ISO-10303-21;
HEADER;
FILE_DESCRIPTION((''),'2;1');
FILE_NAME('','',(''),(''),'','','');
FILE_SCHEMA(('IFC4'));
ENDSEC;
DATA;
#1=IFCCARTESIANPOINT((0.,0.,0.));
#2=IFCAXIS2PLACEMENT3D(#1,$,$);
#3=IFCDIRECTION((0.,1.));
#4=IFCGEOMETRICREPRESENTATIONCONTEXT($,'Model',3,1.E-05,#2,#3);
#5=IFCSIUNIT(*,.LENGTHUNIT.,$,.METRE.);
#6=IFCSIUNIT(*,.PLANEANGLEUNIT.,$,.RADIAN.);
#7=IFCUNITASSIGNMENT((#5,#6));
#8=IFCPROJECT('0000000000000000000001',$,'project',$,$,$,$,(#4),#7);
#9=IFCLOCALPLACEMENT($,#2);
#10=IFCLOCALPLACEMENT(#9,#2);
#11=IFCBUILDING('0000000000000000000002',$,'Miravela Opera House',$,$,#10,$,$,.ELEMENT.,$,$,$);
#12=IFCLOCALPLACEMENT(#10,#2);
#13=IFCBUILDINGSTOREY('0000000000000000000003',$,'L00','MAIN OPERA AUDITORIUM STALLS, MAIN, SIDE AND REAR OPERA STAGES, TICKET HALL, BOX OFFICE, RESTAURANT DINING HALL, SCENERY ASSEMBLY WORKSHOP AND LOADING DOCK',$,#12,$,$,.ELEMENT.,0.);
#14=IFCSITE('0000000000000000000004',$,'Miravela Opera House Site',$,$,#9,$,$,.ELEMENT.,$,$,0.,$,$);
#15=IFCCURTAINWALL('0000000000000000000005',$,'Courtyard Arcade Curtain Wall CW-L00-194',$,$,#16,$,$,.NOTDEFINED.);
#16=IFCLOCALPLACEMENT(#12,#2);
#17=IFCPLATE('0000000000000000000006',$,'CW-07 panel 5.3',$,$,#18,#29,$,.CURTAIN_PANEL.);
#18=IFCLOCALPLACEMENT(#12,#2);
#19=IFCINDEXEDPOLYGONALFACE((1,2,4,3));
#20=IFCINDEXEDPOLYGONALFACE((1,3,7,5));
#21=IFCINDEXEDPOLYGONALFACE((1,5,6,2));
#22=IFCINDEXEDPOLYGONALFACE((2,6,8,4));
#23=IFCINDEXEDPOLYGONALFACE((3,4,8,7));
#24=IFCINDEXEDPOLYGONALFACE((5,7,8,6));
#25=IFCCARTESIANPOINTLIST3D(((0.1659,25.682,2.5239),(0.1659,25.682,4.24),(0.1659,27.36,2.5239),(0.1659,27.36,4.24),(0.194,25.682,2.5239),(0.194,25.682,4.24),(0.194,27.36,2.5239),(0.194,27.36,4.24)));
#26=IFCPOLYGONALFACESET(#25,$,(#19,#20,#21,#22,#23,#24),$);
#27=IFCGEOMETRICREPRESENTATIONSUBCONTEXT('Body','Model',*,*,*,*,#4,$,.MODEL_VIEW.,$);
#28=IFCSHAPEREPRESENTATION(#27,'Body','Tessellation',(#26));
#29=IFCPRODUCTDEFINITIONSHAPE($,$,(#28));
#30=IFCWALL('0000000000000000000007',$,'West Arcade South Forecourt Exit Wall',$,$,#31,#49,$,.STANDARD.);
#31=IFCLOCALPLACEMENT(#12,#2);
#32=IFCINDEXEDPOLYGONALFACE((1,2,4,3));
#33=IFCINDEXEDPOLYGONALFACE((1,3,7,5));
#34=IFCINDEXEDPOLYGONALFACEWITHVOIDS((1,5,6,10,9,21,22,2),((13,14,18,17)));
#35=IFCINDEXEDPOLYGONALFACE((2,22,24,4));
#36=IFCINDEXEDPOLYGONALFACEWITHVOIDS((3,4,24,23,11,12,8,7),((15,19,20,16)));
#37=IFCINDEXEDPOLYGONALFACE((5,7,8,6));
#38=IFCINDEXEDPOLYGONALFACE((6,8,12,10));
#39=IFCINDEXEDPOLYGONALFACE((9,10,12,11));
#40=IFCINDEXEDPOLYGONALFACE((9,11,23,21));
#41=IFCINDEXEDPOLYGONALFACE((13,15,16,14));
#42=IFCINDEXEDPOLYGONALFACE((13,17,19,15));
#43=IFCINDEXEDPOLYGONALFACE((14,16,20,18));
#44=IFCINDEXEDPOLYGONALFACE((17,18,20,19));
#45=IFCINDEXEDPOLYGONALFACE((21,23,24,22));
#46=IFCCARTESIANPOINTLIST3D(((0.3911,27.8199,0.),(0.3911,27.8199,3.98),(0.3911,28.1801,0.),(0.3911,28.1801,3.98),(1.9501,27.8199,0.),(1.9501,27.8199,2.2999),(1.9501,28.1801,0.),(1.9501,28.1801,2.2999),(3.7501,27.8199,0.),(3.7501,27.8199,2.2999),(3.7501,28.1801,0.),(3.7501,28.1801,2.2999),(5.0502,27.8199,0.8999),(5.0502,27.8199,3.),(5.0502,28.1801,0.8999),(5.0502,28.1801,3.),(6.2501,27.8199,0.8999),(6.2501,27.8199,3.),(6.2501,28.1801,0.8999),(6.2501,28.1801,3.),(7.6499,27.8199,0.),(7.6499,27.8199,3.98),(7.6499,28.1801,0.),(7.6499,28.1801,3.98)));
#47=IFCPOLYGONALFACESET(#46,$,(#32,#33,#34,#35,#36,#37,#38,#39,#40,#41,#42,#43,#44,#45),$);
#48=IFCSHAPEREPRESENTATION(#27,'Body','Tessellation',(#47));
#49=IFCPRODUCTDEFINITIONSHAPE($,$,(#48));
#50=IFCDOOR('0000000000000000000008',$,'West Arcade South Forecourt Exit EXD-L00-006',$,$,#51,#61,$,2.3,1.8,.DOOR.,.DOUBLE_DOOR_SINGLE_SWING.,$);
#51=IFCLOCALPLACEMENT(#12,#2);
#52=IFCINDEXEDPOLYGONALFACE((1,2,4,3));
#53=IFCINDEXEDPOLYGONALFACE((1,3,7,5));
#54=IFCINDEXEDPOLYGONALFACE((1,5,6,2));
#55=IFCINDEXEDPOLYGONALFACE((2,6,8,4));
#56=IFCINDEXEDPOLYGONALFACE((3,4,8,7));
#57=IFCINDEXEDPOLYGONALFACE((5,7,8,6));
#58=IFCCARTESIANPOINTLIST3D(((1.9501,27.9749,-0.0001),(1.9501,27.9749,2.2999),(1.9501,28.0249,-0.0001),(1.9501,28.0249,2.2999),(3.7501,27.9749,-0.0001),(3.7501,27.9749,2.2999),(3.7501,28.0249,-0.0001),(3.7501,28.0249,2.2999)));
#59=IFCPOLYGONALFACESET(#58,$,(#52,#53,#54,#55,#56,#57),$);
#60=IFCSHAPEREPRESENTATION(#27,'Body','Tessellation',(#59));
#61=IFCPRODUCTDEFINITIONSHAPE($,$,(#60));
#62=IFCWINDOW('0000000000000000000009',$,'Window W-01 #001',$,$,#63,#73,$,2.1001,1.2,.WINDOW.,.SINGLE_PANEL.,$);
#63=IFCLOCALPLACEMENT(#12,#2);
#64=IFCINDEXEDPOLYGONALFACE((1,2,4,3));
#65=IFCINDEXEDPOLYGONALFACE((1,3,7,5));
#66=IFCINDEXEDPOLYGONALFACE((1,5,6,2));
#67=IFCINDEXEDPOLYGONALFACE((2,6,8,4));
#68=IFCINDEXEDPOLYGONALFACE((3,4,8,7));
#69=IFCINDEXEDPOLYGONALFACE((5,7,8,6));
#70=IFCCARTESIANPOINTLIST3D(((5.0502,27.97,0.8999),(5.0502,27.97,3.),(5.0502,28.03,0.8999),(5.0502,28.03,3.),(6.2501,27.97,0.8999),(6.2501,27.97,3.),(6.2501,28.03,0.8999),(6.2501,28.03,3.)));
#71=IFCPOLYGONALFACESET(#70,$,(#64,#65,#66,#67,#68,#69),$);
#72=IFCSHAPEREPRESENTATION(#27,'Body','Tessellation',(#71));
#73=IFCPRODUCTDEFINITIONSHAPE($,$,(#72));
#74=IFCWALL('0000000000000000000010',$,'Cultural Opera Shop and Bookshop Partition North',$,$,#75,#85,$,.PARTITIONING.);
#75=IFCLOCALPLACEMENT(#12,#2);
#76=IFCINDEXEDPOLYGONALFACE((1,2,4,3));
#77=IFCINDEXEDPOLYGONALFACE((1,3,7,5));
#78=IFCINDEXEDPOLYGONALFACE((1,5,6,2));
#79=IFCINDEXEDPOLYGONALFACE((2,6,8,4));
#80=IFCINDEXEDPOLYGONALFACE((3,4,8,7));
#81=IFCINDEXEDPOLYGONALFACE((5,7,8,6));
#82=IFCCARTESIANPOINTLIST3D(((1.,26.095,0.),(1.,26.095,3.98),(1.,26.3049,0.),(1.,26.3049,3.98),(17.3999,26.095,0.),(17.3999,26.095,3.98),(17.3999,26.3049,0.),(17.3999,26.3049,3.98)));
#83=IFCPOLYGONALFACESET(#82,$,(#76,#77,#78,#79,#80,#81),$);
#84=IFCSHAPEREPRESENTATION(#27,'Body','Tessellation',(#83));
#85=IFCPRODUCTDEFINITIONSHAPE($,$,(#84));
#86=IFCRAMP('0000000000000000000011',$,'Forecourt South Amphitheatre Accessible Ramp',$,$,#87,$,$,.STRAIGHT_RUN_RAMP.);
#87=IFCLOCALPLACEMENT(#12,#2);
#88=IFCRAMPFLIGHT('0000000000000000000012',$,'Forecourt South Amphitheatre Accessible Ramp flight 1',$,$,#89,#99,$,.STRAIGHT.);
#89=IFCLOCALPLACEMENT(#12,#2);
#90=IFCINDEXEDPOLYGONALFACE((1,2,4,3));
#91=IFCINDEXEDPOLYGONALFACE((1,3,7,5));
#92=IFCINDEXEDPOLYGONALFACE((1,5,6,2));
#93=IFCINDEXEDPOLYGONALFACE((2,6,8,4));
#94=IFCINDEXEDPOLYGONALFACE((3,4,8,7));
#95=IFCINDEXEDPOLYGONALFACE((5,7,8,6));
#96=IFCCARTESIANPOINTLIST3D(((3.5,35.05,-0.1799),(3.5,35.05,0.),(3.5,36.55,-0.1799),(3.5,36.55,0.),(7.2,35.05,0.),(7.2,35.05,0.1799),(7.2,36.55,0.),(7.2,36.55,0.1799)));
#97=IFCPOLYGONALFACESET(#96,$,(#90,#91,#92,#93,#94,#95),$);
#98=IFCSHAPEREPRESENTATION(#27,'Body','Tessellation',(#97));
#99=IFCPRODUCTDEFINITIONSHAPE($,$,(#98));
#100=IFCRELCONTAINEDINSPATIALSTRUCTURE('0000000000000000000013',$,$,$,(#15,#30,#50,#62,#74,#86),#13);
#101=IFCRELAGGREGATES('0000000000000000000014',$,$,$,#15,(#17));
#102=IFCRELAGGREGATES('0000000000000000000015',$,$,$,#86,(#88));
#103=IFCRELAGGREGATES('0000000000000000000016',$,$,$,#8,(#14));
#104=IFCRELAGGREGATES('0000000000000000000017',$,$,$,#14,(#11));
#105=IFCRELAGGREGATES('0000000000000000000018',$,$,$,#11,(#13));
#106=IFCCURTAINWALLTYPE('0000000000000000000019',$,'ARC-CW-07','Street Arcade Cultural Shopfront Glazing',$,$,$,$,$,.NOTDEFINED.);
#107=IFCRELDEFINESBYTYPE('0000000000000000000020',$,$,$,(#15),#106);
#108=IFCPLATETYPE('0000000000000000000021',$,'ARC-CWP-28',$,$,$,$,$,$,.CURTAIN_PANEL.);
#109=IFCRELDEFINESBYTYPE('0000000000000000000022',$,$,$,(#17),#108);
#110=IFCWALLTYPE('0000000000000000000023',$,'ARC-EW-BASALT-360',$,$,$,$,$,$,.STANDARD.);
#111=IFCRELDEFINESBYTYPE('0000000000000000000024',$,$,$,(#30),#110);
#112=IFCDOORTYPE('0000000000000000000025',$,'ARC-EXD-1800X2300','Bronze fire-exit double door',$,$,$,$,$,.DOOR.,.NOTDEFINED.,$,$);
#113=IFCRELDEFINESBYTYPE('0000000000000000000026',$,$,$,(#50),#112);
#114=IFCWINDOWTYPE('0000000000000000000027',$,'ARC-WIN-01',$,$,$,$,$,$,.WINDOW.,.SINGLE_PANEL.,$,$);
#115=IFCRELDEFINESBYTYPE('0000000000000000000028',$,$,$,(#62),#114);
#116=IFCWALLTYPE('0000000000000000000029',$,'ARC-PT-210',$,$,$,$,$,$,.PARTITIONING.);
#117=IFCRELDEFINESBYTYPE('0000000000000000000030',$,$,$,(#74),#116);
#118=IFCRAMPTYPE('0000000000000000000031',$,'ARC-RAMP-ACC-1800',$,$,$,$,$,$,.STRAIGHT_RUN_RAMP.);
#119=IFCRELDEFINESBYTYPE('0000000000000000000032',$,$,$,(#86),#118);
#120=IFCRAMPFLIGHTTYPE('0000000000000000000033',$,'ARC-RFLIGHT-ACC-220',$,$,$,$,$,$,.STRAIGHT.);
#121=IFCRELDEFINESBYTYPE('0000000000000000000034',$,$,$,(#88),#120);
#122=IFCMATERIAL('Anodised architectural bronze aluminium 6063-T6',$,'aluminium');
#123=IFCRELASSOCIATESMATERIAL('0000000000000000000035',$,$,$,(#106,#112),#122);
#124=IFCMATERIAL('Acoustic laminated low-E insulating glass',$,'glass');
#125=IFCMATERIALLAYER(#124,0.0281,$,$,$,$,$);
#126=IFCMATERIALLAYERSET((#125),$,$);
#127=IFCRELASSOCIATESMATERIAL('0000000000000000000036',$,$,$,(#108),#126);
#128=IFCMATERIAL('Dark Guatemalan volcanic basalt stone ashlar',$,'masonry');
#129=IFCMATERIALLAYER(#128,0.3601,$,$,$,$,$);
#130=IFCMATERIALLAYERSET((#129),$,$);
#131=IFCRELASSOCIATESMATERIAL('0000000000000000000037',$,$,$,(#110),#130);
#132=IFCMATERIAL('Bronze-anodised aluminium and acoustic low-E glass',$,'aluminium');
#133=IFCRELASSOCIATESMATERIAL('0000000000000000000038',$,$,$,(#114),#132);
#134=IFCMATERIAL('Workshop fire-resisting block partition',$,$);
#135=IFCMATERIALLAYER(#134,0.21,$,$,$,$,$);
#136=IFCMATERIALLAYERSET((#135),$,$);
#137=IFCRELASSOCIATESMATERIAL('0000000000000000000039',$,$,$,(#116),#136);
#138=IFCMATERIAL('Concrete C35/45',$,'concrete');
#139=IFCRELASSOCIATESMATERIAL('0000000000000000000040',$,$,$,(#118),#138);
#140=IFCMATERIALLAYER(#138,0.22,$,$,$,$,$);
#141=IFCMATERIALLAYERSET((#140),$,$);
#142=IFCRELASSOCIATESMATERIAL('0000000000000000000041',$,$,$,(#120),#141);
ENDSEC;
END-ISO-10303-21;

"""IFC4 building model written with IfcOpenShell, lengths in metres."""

from ifc_helpers import new_model, si_unit, direction, frame, frame_2d, origin, origin_2d, place, context, subcontext, project, spatial, polyline, rectangle, outline, extrude, material, layer, layer_set, type_object, element, fill, aggregate, save


model = new_model("IFC4")

# Units and contexts
model_context = context("Model", 3, precision=1e-05, world=origin(), true_north=direction((0.0, 1.0)))
body_context = subcontext(model_context, "Body", "Model", "MODEL_VIEW")
ifc_project = project(units=[si_unit("LENGTHUNIT", "METRE"), si_unit("PLANEANGLEUNIT", "RADIAN")], contexts=[model_context])

# Site, building, storey
site_placement = place(None, origin())
site = spatial("IfcSite", under=ifc_project, at=site_placement, Name="Miravela Opera House Site", CompositionType="ELEMENT", RefElevation=0.0)
building_placement = place(site_placement, origin())
building = spatial("IfcBuilding", under=site, at=building_placement, Name="Miravela Opera House", CompositionType="ELEMENT")
storey_placement = place(building_placement, origin())
storey = spatial("IfcBuildingStorey", under=building, at=storey_placement, Name="L00", Description="MAIN OPERA AUDITORIUM STALLS, MAIN, SIDE AND REAR OPERA STAGES, TICKET HALL, BOX OFFICE, RESTAURANT DINING HALL, SCENERY ASSEMBLY WORKSHOP AND LOADING DOCK", CompositionType="ELEMENT", Elevation=0.0)

# Shared definitions
ifc_material_1 = material(Name="Concrete C35/45", Category="concrete")

# Curtain wall
ifc_material_2 = material(Name="Anodised architectural bronze aluminium 6063-T6", Category="aluminium")
curtain_wall_type = type_object("IfcCurtainWallType", Name="ARC-CW-07", Description="Street Arcade Cultural Shopfront Glazing", PredefinedType="NOTDEFINED", material=ifc_material_2)
curtain_wall_placement = place(storey_placement, origin())
curtain_wall = element("IfcCurtainWall", 1, at=curtain_wall_placement, inside=storey, type_object=curtain_wall_type, Name="Courtyard Arcade Curtain Wall CW-L00-194", PredefinedType="NOTDEFINED")

# Plate
ifc_material_3 = material(Name="Acoustic laminated low-E insulating glass", Category="glass")
ifc_layer_1 = layer(ifc_material_3, 0.0281)
ifc_layer_set_1 = layer_set([ifc_layer_1])
plate_type = type_object("IfcPlateType", Name="ARC-CWP-28", PredefinedType="CURTAIN_PANEL", material=ifc_layer_set_1)
plate_1_placement = place(storey_placement, frame((0.1799, 26.521, 2.5239), z_axis=(0.0, 0.0, 1.0), x_axis=(0.0, 1.0, 0.0)))
plate_1 = element("IfcPlate", 2, at=plate_1_placement, type_object=plate_type, Name="CW-07 panel 5.3", PredefinedType="CURTAIN_PANEL", context=body_context, shape_type="SweptSolid", body=[
    extrude(rectangle(XDim=1.678, YDim=0.0281, at=origin_2d()), origin(), (0.0, 0.0, 1.0), 1.7161),
])
aggregate(curtain_wall, [plate_1])

# Wall, openings, door, window
ifc_material_4 = material(Name="Dark Guatemalan volcanic basalt stone ashlar", Category="masonry")
ifc_layer_2 = layer(ifc_material_4, 0.3601)
ifc_layer_set_2 = layer_set([ifc_layer_2])
wall_type_1 = type_object("IfcWallType", Name="ARC-EW-BASALT-360", PredefinedType="STANDARD", material=ifc_layer_set_2)
wall_1_placement = place(storey_placement, frame((0.3911, 28.0, 0.0), z_axis=(0.0, 0.0, 1.0), x_axis=(1.0, 0.0, 0.0)))
wall_1 = element("IfcWall", 3, at=wall_1_placement, inside=storey, type_object=wall_type_1, Name="West Arcade South Forecourt Exit Wall", PredefinedType="STANDARD", context=body_context, shape_type="SweptSolid", body=[
    extrude(rectangle(XDim=7.2588, YDim=0.3601, at=frame_2d((3.6294, 0.0))), origin(), (0.0, 0.0, 1.0), 3.98),
])
opening_1_placement = place(wall_1_placement, frame((1.5591, 0.0, 0.0)))
opening_1 = element("IfcOpeningElement", 4, at=opening_1_placement, cuts=wall_1, PredefinedType="OPENING", context=body_context, shape_type="SweptSolid", body=[
    extrude(rectangle(XDim=1.8, YDim=2.3, at=frame_2d((0.8999, 1.1499))), frame((0.0, 0.1899, 0.0), z_axis=(0.0, -1.0, 0.0), x_axis=(1.0, 0.0, 0.0)), (0.0, 0.0, 1.0), 0.3801),
])
opening_2_placement = place(wall_1_placement, frame((4.6589, 0.0, 0.8999)))
opening_2 = element("IfcOpeningElement", 5, at=opening_2_placement, cuts=wall_1, PredefinedType="OPENING", context=body_context, shape_type="SweptSolid", body=[
    extrude(rectangle(XDim=1.2, YDim=2.1001, at=frame_2d((0.6001, 1.05))), frame((0.0, 0.1899, 0.0), z_axis=(0.0, -1.0, 0.0), x_axis=(1.0, 0.0, 0.0)), (0.0, 0.0, 1.0), 0.3801),
])
door_type_1 = type_object("IfcDoorType", Name="ARC-EXD-1800X2300", Description="Bronze fire-exit double door", OperationType="NOTDEFINED", PredefinedType="DOOR", material=ifc_material_2)
door_1_placement = place(opening_1_placement, origin())
door_1 = element("IfcDoor", 6, at=door_1_placement, inside=storey, type_object=door_type_1, Name="West Arcade South Forecourt Exit EXD-L00-006", OperationType="DOUBLE_DOOR_SINGLE_SWING", OverallHeight=2.3, OverallWidth=1.8, PredefinedType="DOOR", context=body_context, shape_type="SweptSolid", body=[
    extrude(rectangle(XDim=1.8, YDim=2.3, at=frame_2d((0.8999, 1.1499))), frame((0.0, 0.0249, 0.0), z_axis=(0.0, -1.0, 0.0), x_axis=(1.0, 0.0, 0.0)), (0.0, 0.0, 1.0), 0.05),
])
fill(opening_1, door_1)
ifc_material_5 = material(Name="Bronze-anodised aluminium and acoustic low-E glass", Category="aluminium")
window_type_1 = type_object("IfcWindowType", Name="ARC-WIN-01", PartitioningType="SINGLE_PANEL", PredefinedType="WINDOW", material=ifc_material_5)
window_1_placement = place(opening_2_placement, origin())
window_1 = element("IfcWindow", 7, at=window_1_placement, inside=storey, type_object=window_type_1, Name="Window W-01 #001", OverallHeight=2.1001, OverallWidth=1.2, PartitioningType="SINGLE_PANEL", PredefinedType="WINDOW", context=body_context, shape_type="SweptSolid", body=[
    extrude(rectangle(XDim=1.2, YDim=2.1001, at=frame_2d((0.6001, 1.05))), frame((0.0, 0.03, 0.0), z_axis=(0.0, -1.0, 0.0), x_axis=(1.0, 0.0, 0.0)), (0.0, 0.0, 1.0), 0.0601),
])
fill(opening_2, window_1)

# Wall
ifc_material_6 = material(Name="Workshop fire-resisting block partition")
ifc_layer_3 = layer(ifc_material_6, 0.21)
ifc_layer_set_3 = layer_set([ifc_layer_3])
wall_type_2 = type_object("IfcWallType", Name="ARC-PT-210", PredefinedType="PARTITIONING", material=ifc_layer_set_3)
wall_2_placement = place(storey_placement, frame((1.0, 26.2, 0.0), z_axis=(0.0, 0.0, 1.0), x_axis=(1.0, 0.0, 0.0)))
element("IfcWall", 8, at=wall_2_placement, inside=storey, type_object=wall_type_2, Name="Cultural Opera Shop and Bookshop Partition North", PredefinedType="PARTITIONING", context=body_context, shape_type="SweptSolid", body=[
    extrude(rectangle(XDim=16.3999, YDim=0.21, at=frame_2d((8.2, 0.0))), origin(), (0.0, 0.0, 1.0), 3.98),
])

# Ramp, ramp flight
ramp_type = type_object("IfcRampType", Name="ARC-RAMP-ACC-1800", PredefinedType="STRAIGHT_RUN_RAMP", material=ifc_material_1)
ramp_placement = place(storey_placement, origin())
ramp = element("IfcRamp", 9, at=ramp_placement, inside=storey, type_object=ramp_type, Name="Forecourt South Amphitheatre Accessible Ramp", PredefinedType="STRAIGHT_RUN_RAMP")
ifc_layer_4 = layer(ifc_material_1, 0.22)
ifc_layer_set_4 = layer_set([ifc_layer_4])
ramp_flight_type = type_object("IfcRampFlightType", Name="ARC-RFLIGHT-ACC-220", PredefinedType="STRAIGHT", material=ifc_layer_set_4)
ramp_flight_placement = place(storey_placement, frame((3.5, 35.8, 0.0), z_axis=(0.0, 0.0, 1.0), x_axis=(1.0, 0.0, 0.0)))
ramp_flight = element("IfcRampFlight", 10, at=ramp_flight_placement, type_object=ramp_flight_type, Name="Forecourt South Amphitheatre Accessible Ramp flight 1", PredefinedType="STRAIGHT", context=body_context, shape_type="SweptSolid", body=[
    extrude(outline(polyline([(0.0, 0.0), (3.7, 0.1799), (3.7, 0.0), (0.0, -0.1799), (0.0, 0.0)])), frame((0.0, 0.75, 0.0), z_axis=(0.0, -1.0, 0.0), x_axis=(1.0, 0.0, 0.0)), (0.0, 0.0, 1.0), 1.5),
])
aggregate(ramp, [ramp_flight])

save(model, "model.ifc")
